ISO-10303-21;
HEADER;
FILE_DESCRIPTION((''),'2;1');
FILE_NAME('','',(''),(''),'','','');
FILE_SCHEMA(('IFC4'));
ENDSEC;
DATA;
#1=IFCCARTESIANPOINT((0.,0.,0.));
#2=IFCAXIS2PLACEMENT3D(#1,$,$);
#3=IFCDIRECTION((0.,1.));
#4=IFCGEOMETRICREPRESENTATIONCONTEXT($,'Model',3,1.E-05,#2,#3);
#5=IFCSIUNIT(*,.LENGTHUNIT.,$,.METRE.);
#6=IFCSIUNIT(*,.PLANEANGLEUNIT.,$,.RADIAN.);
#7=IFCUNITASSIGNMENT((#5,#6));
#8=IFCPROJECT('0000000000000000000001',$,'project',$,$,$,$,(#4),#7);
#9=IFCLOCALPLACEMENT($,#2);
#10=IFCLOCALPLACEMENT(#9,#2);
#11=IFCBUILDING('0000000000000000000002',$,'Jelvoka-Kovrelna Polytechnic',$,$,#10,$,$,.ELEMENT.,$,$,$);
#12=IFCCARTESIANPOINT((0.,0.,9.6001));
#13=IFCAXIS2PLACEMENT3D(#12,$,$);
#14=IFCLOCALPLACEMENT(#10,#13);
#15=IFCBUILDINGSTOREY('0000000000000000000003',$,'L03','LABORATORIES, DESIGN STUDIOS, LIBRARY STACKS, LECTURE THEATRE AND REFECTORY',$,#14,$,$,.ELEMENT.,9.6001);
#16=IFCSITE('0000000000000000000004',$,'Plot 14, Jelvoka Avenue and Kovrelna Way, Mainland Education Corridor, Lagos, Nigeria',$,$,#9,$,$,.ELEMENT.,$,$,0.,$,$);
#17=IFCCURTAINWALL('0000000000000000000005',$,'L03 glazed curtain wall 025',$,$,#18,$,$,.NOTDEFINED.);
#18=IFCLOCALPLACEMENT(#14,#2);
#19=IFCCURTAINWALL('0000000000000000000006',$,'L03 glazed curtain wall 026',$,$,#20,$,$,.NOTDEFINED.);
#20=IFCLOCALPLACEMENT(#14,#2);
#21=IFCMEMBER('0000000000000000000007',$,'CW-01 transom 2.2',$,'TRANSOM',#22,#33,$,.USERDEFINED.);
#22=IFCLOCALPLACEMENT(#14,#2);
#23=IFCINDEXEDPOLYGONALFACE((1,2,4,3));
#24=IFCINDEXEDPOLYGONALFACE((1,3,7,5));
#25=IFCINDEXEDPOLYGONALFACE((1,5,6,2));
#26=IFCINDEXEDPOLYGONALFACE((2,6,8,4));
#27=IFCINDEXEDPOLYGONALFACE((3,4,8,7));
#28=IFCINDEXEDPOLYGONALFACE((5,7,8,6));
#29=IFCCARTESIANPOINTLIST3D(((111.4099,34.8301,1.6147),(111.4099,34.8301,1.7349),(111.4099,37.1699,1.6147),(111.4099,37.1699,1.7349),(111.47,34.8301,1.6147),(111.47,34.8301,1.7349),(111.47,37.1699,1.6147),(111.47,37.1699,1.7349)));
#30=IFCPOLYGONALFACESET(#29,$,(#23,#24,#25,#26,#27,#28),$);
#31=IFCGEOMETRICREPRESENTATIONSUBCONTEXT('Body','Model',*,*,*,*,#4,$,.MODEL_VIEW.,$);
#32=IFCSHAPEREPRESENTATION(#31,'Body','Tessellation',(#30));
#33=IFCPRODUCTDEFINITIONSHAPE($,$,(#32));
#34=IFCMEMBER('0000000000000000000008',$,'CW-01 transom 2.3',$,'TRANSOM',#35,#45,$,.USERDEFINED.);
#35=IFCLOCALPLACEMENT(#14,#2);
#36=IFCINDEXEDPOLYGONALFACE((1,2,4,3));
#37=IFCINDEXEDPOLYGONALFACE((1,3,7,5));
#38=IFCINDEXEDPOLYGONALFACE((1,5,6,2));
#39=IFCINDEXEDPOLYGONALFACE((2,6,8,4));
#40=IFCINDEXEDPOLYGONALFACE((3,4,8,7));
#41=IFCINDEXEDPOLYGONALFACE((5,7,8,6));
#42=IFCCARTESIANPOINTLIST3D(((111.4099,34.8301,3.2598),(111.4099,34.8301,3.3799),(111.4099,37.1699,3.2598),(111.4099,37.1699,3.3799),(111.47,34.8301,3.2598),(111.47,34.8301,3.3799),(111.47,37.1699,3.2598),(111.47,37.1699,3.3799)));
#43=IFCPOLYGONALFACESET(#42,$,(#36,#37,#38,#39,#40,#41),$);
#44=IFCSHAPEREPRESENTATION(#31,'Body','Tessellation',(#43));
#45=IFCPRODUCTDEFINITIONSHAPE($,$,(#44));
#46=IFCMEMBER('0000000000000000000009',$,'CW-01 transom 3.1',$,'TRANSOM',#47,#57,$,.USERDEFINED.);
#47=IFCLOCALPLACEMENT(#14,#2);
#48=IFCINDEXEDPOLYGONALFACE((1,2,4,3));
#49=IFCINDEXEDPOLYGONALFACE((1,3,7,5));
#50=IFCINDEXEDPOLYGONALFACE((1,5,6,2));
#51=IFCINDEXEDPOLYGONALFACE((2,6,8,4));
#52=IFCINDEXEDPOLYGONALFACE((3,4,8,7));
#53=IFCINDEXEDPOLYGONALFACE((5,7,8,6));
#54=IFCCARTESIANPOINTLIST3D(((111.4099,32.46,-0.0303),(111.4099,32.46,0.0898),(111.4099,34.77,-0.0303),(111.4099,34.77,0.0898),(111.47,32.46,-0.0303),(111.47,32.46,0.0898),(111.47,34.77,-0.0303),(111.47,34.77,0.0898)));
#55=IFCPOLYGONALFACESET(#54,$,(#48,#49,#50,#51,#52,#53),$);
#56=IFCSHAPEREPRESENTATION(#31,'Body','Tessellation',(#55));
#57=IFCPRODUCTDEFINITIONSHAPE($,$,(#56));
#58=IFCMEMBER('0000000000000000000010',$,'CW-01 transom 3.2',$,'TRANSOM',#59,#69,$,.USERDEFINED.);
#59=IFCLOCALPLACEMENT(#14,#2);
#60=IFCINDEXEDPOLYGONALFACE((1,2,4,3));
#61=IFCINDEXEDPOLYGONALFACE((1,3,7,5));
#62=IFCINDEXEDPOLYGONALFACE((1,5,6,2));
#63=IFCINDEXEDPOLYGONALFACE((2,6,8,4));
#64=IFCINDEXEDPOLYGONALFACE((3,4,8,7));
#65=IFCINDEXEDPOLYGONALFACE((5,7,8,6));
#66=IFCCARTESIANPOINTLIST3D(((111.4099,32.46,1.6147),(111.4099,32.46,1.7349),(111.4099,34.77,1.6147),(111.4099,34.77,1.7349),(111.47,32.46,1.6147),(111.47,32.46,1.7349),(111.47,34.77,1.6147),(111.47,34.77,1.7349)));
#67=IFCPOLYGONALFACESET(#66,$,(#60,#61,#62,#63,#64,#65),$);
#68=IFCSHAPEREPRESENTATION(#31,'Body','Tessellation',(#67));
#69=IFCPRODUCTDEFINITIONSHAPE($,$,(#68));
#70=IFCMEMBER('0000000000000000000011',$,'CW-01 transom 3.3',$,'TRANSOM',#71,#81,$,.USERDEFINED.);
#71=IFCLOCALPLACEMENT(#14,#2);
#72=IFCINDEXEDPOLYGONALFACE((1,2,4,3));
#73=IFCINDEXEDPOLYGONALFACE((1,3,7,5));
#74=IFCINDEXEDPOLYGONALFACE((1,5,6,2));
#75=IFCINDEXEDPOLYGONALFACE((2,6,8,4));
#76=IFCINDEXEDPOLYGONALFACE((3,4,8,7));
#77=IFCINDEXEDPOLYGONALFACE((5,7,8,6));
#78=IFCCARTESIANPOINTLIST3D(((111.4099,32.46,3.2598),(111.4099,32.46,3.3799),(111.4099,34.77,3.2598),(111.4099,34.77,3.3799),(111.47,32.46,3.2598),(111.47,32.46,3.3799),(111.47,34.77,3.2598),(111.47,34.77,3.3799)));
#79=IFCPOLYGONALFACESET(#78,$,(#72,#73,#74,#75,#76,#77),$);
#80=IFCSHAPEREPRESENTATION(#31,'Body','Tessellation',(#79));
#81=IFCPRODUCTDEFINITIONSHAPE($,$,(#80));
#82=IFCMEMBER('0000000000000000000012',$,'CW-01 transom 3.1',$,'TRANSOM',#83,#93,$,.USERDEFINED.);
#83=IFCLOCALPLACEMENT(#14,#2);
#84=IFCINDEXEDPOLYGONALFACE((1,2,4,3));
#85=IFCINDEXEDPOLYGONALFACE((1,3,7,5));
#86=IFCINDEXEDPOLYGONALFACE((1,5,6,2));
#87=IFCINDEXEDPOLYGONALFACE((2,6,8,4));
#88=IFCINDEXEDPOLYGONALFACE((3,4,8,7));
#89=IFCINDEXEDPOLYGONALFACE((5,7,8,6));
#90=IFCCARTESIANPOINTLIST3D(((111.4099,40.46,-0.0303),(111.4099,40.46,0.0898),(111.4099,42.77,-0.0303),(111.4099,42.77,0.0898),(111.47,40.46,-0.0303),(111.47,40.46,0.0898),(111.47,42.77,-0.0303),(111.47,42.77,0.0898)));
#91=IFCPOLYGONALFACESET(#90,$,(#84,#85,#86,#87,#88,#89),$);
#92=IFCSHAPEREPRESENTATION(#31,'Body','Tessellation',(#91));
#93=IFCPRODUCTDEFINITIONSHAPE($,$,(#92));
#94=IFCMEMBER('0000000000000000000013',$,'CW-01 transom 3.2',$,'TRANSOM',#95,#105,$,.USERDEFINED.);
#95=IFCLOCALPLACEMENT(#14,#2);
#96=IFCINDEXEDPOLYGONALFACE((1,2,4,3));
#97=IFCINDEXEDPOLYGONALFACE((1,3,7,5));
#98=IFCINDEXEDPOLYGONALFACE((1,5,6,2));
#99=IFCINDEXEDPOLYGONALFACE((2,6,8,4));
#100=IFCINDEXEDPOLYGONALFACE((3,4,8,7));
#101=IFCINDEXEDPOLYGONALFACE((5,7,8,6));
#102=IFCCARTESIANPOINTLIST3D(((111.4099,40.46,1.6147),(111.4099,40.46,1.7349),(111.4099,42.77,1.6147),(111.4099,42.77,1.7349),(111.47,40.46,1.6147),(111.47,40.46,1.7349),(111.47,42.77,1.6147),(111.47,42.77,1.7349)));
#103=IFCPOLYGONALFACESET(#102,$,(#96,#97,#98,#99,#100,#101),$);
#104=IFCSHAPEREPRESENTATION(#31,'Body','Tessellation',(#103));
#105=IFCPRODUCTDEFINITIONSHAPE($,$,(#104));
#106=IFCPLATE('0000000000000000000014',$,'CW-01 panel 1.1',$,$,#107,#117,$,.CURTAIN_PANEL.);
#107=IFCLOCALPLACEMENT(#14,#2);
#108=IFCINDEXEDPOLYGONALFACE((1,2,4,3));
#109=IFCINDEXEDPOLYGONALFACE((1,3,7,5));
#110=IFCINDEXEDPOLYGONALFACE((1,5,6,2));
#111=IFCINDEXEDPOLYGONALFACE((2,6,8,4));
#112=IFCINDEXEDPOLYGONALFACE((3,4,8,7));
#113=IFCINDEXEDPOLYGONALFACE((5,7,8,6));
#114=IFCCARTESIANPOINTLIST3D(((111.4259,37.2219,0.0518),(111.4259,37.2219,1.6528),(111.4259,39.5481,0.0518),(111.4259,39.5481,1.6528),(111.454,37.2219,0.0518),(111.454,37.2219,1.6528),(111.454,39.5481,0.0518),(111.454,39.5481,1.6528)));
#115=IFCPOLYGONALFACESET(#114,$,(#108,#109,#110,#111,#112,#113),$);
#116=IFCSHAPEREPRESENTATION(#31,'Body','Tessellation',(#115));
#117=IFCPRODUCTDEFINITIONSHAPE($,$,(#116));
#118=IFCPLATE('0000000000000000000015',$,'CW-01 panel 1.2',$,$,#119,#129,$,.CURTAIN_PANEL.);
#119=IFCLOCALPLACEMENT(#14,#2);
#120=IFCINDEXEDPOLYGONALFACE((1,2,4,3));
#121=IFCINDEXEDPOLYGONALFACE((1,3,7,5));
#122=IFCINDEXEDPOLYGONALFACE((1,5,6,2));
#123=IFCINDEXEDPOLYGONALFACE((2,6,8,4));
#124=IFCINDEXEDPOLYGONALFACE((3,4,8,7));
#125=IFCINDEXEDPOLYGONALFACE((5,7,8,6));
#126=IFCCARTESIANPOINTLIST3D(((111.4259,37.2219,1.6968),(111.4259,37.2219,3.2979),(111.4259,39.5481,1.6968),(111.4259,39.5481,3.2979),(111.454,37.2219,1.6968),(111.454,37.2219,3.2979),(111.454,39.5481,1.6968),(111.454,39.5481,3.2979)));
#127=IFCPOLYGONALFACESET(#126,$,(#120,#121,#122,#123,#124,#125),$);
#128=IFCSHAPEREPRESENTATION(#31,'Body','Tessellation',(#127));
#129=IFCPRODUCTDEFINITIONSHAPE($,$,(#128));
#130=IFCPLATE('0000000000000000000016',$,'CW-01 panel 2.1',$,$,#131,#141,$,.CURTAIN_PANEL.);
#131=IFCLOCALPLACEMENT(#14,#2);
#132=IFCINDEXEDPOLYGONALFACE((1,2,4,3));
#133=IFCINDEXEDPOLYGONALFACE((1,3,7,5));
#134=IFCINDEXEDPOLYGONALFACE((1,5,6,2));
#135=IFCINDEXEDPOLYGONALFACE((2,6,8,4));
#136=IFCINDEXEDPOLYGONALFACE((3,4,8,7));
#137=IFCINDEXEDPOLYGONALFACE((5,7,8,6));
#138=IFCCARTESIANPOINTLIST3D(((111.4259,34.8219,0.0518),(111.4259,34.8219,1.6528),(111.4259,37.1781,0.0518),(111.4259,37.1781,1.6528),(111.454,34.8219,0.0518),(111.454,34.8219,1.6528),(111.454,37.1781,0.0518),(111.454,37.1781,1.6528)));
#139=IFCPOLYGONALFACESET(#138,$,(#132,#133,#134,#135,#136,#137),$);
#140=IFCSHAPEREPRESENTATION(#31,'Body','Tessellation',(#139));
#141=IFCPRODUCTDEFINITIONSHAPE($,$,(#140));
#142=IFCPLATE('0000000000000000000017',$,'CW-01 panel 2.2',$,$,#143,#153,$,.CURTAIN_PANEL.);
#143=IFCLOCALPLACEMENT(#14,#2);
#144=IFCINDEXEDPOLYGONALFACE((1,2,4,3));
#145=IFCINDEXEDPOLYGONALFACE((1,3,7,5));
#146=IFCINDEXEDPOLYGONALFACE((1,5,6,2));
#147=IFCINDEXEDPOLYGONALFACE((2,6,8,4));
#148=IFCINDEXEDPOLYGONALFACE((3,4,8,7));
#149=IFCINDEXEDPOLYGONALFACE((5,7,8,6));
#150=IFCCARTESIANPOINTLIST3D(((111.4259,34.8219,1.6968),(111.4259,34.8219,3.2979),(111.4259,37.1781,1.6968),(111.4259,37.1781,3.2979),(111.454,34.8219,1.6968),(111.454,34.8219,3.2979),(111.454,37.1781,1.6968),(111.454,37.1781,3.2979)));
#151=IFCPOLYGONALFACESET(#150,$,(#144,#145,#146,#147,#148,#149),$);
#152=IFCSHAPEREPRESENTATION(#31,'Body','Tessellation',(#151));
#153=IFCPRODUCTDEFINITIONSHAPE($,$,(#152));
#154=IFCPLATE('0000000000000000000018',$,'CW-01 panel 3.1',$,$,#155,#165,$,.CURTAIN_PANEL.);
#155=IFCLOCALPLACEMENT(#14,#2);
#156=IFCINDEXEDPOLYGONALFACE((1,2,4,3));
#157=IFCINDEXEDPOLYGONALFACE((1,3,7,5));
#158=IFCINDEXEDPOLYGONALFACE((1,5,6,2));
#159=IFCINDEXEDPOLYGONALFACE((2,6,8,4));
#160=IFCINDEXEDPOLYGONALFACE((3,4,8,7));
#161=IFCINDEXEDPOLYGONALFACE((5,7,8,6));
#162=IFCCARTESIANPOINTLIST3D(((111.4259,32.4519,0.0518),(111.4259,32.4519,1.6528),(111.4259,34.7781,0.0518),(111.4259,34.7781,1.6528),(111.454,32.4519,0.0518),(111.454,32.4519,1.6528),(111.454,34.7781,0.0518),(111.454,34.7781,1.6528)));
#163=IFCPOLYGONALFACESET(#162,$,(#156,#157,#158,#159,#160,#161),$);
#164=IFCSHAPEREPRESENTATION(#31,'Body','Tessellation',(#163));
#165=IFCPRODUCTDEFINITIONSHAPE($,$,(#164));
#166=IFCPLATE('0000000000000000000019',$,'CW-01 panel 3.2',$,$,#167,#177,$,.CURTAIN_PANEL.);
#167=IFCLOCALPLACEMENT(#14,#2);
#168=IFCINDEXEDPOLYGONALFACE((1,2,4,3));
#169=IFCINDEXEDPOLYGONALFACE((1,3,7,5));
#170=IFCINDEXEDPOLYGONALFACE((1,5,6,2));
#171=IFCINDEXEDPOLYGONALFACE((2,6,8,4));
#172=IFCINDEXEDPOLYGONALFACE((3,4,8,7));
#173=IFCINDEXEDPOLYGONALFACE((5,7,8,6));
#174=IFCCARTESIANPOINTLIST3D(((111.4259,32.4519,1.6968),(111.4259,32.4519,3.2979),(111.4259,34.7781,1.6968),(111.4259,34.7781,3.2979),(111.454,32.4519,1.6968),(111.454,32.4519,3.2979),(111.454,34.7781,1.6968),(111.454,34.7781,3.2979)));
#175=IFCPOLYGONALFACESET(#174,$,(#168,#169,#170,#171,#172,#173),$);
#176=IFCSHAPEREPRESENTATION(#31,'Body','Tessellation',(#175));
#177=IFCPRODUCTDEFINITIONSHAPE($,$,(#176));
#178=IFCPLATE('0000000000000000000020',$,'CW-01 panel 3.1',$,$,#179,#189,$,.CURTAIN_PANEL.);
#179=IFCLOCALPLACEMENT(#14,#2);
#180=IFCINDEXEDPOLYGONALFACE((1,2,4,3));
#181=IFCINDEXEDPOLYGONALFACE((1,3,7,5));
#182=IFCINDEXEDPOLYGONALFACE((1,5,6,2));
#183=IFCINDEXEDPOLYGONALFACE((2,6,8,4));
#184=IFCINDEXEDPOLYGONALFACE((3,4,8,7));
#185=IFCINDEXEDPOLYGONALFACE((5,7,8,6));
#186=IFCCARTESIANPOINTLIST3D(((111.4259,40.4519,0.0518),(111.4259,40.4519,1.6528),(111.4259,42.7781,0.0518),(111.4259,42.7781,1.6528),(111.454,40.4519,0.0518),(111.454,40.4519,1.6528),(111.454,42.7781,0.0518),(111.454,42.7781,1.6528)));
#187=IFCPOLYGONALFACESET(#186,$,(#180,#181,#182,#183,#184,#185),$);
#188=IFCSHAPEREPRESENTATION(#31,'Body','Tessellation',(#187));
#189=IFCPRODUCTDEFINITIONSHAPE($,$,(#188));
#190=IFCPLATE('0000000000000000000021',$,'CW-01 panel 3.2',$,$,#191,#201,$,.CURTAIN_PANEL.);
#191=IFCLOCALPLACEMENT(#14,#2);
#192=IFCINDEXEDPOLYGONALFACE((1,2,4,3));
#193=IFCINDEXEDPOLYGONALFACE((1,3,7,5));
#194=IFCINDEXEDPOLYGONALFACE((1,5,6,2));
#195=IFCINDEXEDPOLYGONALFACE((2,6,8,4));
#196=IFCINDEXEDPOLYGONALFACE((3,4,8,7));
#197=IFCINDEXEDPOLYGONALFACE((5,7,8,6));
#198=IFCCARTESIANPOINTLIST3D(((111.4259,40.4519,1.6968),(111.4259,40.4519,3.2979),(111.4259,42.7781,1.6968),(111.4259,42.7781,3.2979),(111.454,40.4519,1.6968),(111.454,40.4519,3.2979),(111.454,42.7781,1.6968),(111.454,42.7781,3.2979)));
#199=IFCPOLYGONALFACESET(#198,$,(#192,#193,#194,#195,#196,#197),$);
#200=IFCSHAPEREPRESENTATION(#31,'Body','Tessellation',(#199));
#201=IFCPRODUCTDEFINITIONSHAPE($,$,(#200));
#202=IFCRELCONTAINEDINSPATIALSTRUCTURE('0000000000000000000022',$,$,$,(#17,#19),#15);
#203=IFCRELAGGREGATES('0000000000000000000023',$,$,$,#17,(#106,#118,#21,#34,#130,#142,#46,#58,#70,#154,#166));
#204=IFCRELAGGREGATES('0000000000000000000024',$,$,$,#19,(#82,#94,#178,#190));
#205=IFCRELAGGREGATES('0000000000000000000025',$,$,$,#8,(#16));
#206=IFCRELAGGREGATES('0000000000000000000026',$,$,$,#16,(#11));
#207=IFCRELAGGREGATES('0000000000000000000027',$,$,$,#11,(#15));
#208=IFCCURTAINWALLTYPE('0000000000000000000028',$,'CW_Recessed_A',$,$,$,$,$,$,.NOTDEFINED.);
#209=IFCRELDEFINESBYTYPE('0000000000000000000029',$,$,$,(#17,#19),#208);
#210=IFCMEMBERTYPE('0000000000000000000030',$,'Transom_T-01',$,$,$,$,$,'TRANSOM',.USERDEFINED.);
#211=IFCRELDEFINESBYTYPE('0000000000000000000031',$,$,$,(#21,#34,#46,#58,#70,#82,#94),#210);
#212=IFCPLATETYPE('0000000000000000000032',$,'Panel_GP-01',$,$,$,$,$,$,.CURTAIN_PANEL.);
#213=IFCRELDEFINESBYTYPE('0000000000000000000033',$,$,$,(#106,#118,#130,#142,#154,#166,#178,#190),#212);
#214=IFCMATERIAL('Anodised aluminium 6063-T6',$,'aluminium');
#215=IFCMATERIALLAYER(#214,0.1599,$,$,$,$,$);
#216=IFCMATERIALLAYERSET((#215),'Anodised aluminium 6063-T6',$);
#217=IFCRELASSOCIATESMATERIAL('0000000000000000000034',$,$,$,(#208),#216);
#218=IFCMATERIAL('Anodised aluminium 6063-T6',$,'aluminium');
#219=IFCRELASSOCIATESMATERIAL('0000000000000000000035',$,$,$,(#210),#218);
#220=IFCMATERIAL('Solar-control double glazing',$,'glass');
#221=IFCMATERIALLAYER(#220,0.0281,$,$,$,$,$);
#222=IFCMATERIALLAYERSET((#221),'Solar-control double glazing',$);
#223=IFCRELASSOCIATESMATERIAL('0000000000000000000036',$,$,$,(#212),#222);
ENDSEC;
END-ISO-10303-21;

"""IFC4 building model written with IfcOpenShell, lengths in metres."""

from ifc_helpers import new_model, si_unit, direction, frame, origin, origin_2d, place, context, subcontext, project, spatial, rectangle, extrude, material, layer, layer_set, material_profile, profile_set, type_object, element, aggregate, save


model = new_model("IFC4")

# Units and contexts
model_context = context("Model", 3, precision=1e-05, world=origin(), true_north=direction((0.0, 1.0)))
body_context = subcontext(model_context, "Body", "Model", "MODEL_VIEW")
ifc_project = project(units=[si_unit("LENGTHUNIT", "METRE"), si_unit("PLANEANGLEUNIT", "RADIAN")], contexts=[model_context])

# Site, building, storey
site_placement = place(None, origin())
site = spatial("IfcSite", under=ifc_project, at=site_placement, Name="Plot 14, Jelvoka Avenue and Kovrelna Way, Mainland Education Corridor, Lagos, Nigeria", CompositionType="ELEMENT", RefElevation=0.0)
building_placement = place(site_placement, origin())
building = spatial("IfcBuilding", under=site, at=building_placement, Name="Jelvoka-Kovrelna Polytechnic", CompositionType="ELEMENT")
storey_placement = place(building_placement, frame((0.0, 0.0, 9.6001)))
storey = spatial("IfcBuildingStorey", under=building, at=storey_placement, Name="L03", Description="LABORATORIES, DESIGN STUDIOS, LIBRARY STACKS, LECTURE THEATRE AND REFECTORY", CompositionType="ELEMENT", Elevation=9.6001)

# Curtain wall
ifc_material_1 = material(Name="Anodised aluminium 6063-T6", Category="aluminium")
ifc_layer_1 = layer(ifc_material_1, 0.1599)
ifc_layer_set_1 = layer_set([ifc_layer_1], Name="Anodised aluminium 6063-T6")
curtain_wall_type = type_object("IfcCurtainWallType", Name="CW_Recessed_A", PredefinedType="NOTDEFINED", material=ifc_layer_set_1)
curtain_wall_1_placement = place(storey_placement, origin())
curtain_wall_1 = element("IfcCurtainWall", 1, at=curtain_wall_1_placement, inside=storey, type_object=curtain_wall_type, Name="L03 glazed curtain wall 025", PredefinedType="NOTDEFINED")

# Curtain wall
curtain_wall_2_placement = place(storey_placement, origin())
curtain_wall_2 = element("IfcCurtainWall", 2, at=curtain_wall_2_placement, inside=storey, type_object=curtain_wall_type, Name="L03 glazed curtain wall 026", PredefinedType="NOTDEFINED")

# Members
ifc_material_2 = material(Name="Anodised aluminium 6063-T6", Category="aluminium")
ifc_material_profile_1 = material_profile(ifc_material_2, rectangle(XDim=0.0601, YDim=0.1201, at=origin_2d()), Name="ALU 60x120")
ifc_profile_set_1 = profile_set([ifc_material_profile_1], Name="Anodised aluminium 6063-T6")
member_type_1 = type_object("IfcMemberType", Name="Transom_T-01", ElementType="TRANSOM", PredefinedType="USERDEFINED", material=ifc_profile_set_1)
member_1_placement = place(storey_placement, frame((111.4399, 37.1699, 1.6748), z_axis=(0.0, -1.0, 0.0), x_axis=(1.0, 0.0, 0.0)))
member_1 = element("IfcMember", 3, at=member_1_placement, type_object=member_type_1, Name="CW-01 transom 2.2", ObjectType="TRANSOM", PredefinedType="USERDEFINED", context=body_context, shape_type="SweptSolid", body=[
    extrude(rectangle(XDim=0.0601, YDim=0.1201, at=origin_2d()), origin(), (0.0, 0.0, 1.0), 2.3398),
])
member_2_placement = place(storey_placement, frame((111.4399, 37.1699, 3.3198), z_axis=(0.0, -1.0, 0.0), x_axis=(1.0, 0.0, 0.0)))
member_2 = element("IfcMember", 4, at=member_2_placement, type_object=member_type_1, Name="CW-01 transom 2.3", ObjectType="TRANSOM", PredefinedType="USERDEFINED", context=body_context, shape_type="SweptSolid", body=[
    extrude(rectangle(XDim=0.0601, YDim=0.1201, at=origin_2d()), origin(), (0.0, 0.0, 1.0), 2.3398),
])
member_3_placement = place(storey_placement, frame((111.4399, 34.77, 0.0298), z_axis=(0.0, -1.0, 0.0), x_axis=(1.0, 0.0, 0.0)))
member_3 = element("IfcMember", 5, at=member_3_placement, type_object=member_type_1, Name="CW-01 transom 3.1", ObjectType="TRANSOM", PredefinedType="USERDEFINED", context=body_context, shape_type="SweptSolid", body=[
    extrude(rectangle(XDim=0.0601, YDim=0.1201, at=origin_2d()), origin(), (0.0, 0.0, 1.0), 2.3101),
])
member_4_placement = place(storey_placement, frame((111.4399, 34.77, 1.6748), z_axis=(0.0, -1.0, 0.0), x_axis=(1.0, 0.0, 0.0)))
member_4 = element("IfcMember", 6, at=member_4_placement, type_object=member_type_1, Name="CW-01 transom 3.2", ObjectType="TRANSOM", PredefinedType="USERDEFINED", context=body_context, shape_type="SweptSolid", body=[
    extrude(rectangle(XDim=0.0601, YDim=0.1201, at=origin_2d()), origin(), (0.0, 0.0, 1.0), 2.3101),
])
member_5_placement = place(storey_placement, frame((111.4399, 34.77, 3.3198), z_axis=(0.0, -1.0, 0.0), x_axis=(1.0, 0.0, 0.0)))
member_5 = element("IfcMember", 7, at=member_5_placement, type_object=member_type_1, Name="CW-01 transom 3.3", ObjectType="TRANSOM", PredefinedType="USERDEFINED", context=body_context, shape_type="SweptSolid", body=[
    extrude(rectangle(XDim=0.0601, YDim=0.1201, at=origin_2d()), origin(), (0.0, 0.0, 1.0), 2.3101),
])
member_6_placement = place(storey_placement, frame((111.4399, 42.77, 0.0298), z_axis=(0.0, -1.0, 0.0), x_axis=(1.0, 0.0, 0.0)))
member_6 = element("IfcMember", 8, at=member_6_placement, type_object=member_type_1, Name="CW-01 transom 3.1", ObjectType="TRANSOM", PredefinedType="USERDEFINED", context=body_context, shape_type="SweptSolid", body=[
    extrude(rectangle(XDim=0.0601, YDim=0.1201, at=origin_2d()), origin(), (0.0, 0.0, 1.0), 2.3101),
])
member_7_placement = place(storey_placement, frame((111.4399, 42.77, 1.6748), z_axis=(0.0, -1.0, 0.0), x_axis=(1.0, 0.0, 0.0)))
member_7 = element("IfcMember", 9, at=member_7_placement, type_object=member_type_1, Name="CW-01 transom 3.2", ObjectType="TRANSOM", PredefinedType="USERDEFINED", context=body_context, shape_type="SweptSolid", body=[
    extrude(rectangle(XDim=0.0601, YDim=0.1201, at=origin_2d()), origin(), (0.0, 0.0, 1.0), 2.3101),
])

# Plates
ifc_material_3 = material(Name="Solar-control double glazing", Category="glass")
ifc_layer_2 = layer(ifc_material_3, 0.0281)
ifc_layer_set_2 = layer_set([ifc_layer_2], Name="Solar-control double glazing")
plate_type = type_object("IfcPlateType", Name="Panel_GP-01", PredefinedType="CURTAIN_PANEL", material=ifc_layer_set_2)
plate_1_placement = place(storey_placement, frame((111.4399, 38.385, 0.0518), z_axis=(0.0, 0.0, 1.0), x_axis=(0.0, -1.0, 0.0)))
plate_1 = element("IfcPlate", 10, at=plate_1_placement, type_object=plate_type, Name="CW-01 panel 1.1", PredefinedType="CURTAIN_PANEL", context=body_context, shape_type="SweptSolid", body=[
    extrude(rectangle(XDim=2.3262, YDim=0.0281, at=origin_2d()), origin(), (0.0, 0.0, 1.0), 1.6011),
])
plate_2_placement = place(storey_placement, frame((111.4399, 38.385, 1.6968), z_axis=(0.0, 0.0, 1.0), x_axis=(0.0, -1.0, 0.0)))
plate_2 = element("IfcPlate", 11, at=plate_2_placement, type_object=plate_type, Name="CW-01 panel 1.2", PredefinedType="CURTAIN_PANEL", context=body_context, shape_type="SweptSolid", body=[
    extrude(rectangle(XDim=2.3262, YDim=0.0281, at=origin_2d()), origin(), (0.0, 0.0, 1.0), 1.6011),
])
plate_3_placement = place(storey_placement, frame((111.4399, 36.0, 0.0518), z_axis=(0.0, 0.0, 1.0), x_axis=(0.0, -1.0, 0.0)))
plate_3 = element("IfcPlate", 12, at=plate_3_placement, type_object=plate_type, Name="CW-01 panel 2.1", PredefinedType="CURTAIN_PANEL", context=body_context, shape_type="SweptSolid", body=[
    extrude(rectangle(XDim=2.3562, YDim=0.0281, at=origin_2d()), origin(), (0.0, 0.0, 1.0), 1.6011),
])
plate_4_placement = place(storey_placement, frame((111.4399, 36.0, 1.6968), z_axis=(0.0, 0.0, 1.0), x_axis=(0.0, -1.0, 0.0)))
plate_4 = element("IfcPlate", 13, at=plate_4_placement, type_object=plate_type, Name="CW-01 panel 2.2", PredefinedType="CURTAIN_PANEL", context=body_context, shape_type="SweptSolid", body=[
    extrude(rectangle(XDim=2.3562, YDim=0.0281, at=origin_2d()), origin(), (0.0, 0.0, 1.0), 1.6011),
])
plate_5_placement = place(storey_placement, frame((111.4399, 33.615, 0.0518), z_axis=(0.0, 0.0, 1.0), x_axis=(0.0, -1.0, 0.0)))
plate_5 = element("IfcPlate", 14, at=plate_5_placement, type_object=plate_type, Name="CW-01 panel 3.1", PredefinedType="CURTAIN_PANEL", context=body_context, shape_type="SweptSolid", body=[
    extrude(rectangle(XDim=2.3262, YDim=0.0281, at=origin_2d()), origin(), (0.0, 0.0, 1.0), 1.6011),
])
plate_6_placement = place(storey_placement, frame((111.4399, 33.615, 1.6968), z_axis=(0.0, 0.0, 1.0), x_axis=(0.0, -1.0, 0.0)))
plate_6 = element("IfcPlate", 15, at=plate_6_placement, type_object=plate_type, Name="CW-01 panel 3.2", PredefinedType="CURTAIN_PANEL", context=body_context, shape_type="SweptSolid", body=[
    extrude(rectangle(XDim=2.3262, YDim=0.0281, at=origin_2d()), origin(), (0.0, 0.0, 1.0), 1.6011),
])
aggregate(curtain_wall_1, [plate_1, plate_2, member_1, member_2, plate_3, plate_4, member_3, member_4, member_5, plate_5, plate_6])
plate_7_placement = place(storey_placement, frame((111.4399, 41.615, 0.0518), z_axis=(0.0, 0.0, 1.0), x_axis=(0.0, -1.0, 0.0)))
plate_7 = element("IfcPlate", 16, at=plate_7_placement, type_object=plate_type, Name="CW-01 panel 3.1", PredefinedType="CURTAIN_PANEL", context=body_context, shape_type="SweptSolid", body=[
    extrude(rectangle(XDim=2.3262, YDim=0.0281, at=origin_2d()), origin(), (0.0, 0.0, 1.0), 1.6011),
])
plate_8_placement = place(storey_placement, frame((111.4399, 41.615, 1.6968), z_axis=(0.0, 0.0, 1.0), x_axis=(0.0, -1.0, 0.0)))
plate_8 = element("IfcPlate", 17, at=plate_8_placement, type_object=plate_type, Name="CW-01 panel 3.2", PredefinedType="CURTAIN_PANEL", context=body_context, shape_type="SweptSolid", body=[
    extrude(rectangle(XDim=2.3262, YDim=0.0281, at=origin_2d()), origin(), (0.0, 0.0, 1.0), 1.6011),
])
aggregate(curtain_wall_2, [member_6, member_7, plate_7, plate_8])

save(model, "model.ifc")
